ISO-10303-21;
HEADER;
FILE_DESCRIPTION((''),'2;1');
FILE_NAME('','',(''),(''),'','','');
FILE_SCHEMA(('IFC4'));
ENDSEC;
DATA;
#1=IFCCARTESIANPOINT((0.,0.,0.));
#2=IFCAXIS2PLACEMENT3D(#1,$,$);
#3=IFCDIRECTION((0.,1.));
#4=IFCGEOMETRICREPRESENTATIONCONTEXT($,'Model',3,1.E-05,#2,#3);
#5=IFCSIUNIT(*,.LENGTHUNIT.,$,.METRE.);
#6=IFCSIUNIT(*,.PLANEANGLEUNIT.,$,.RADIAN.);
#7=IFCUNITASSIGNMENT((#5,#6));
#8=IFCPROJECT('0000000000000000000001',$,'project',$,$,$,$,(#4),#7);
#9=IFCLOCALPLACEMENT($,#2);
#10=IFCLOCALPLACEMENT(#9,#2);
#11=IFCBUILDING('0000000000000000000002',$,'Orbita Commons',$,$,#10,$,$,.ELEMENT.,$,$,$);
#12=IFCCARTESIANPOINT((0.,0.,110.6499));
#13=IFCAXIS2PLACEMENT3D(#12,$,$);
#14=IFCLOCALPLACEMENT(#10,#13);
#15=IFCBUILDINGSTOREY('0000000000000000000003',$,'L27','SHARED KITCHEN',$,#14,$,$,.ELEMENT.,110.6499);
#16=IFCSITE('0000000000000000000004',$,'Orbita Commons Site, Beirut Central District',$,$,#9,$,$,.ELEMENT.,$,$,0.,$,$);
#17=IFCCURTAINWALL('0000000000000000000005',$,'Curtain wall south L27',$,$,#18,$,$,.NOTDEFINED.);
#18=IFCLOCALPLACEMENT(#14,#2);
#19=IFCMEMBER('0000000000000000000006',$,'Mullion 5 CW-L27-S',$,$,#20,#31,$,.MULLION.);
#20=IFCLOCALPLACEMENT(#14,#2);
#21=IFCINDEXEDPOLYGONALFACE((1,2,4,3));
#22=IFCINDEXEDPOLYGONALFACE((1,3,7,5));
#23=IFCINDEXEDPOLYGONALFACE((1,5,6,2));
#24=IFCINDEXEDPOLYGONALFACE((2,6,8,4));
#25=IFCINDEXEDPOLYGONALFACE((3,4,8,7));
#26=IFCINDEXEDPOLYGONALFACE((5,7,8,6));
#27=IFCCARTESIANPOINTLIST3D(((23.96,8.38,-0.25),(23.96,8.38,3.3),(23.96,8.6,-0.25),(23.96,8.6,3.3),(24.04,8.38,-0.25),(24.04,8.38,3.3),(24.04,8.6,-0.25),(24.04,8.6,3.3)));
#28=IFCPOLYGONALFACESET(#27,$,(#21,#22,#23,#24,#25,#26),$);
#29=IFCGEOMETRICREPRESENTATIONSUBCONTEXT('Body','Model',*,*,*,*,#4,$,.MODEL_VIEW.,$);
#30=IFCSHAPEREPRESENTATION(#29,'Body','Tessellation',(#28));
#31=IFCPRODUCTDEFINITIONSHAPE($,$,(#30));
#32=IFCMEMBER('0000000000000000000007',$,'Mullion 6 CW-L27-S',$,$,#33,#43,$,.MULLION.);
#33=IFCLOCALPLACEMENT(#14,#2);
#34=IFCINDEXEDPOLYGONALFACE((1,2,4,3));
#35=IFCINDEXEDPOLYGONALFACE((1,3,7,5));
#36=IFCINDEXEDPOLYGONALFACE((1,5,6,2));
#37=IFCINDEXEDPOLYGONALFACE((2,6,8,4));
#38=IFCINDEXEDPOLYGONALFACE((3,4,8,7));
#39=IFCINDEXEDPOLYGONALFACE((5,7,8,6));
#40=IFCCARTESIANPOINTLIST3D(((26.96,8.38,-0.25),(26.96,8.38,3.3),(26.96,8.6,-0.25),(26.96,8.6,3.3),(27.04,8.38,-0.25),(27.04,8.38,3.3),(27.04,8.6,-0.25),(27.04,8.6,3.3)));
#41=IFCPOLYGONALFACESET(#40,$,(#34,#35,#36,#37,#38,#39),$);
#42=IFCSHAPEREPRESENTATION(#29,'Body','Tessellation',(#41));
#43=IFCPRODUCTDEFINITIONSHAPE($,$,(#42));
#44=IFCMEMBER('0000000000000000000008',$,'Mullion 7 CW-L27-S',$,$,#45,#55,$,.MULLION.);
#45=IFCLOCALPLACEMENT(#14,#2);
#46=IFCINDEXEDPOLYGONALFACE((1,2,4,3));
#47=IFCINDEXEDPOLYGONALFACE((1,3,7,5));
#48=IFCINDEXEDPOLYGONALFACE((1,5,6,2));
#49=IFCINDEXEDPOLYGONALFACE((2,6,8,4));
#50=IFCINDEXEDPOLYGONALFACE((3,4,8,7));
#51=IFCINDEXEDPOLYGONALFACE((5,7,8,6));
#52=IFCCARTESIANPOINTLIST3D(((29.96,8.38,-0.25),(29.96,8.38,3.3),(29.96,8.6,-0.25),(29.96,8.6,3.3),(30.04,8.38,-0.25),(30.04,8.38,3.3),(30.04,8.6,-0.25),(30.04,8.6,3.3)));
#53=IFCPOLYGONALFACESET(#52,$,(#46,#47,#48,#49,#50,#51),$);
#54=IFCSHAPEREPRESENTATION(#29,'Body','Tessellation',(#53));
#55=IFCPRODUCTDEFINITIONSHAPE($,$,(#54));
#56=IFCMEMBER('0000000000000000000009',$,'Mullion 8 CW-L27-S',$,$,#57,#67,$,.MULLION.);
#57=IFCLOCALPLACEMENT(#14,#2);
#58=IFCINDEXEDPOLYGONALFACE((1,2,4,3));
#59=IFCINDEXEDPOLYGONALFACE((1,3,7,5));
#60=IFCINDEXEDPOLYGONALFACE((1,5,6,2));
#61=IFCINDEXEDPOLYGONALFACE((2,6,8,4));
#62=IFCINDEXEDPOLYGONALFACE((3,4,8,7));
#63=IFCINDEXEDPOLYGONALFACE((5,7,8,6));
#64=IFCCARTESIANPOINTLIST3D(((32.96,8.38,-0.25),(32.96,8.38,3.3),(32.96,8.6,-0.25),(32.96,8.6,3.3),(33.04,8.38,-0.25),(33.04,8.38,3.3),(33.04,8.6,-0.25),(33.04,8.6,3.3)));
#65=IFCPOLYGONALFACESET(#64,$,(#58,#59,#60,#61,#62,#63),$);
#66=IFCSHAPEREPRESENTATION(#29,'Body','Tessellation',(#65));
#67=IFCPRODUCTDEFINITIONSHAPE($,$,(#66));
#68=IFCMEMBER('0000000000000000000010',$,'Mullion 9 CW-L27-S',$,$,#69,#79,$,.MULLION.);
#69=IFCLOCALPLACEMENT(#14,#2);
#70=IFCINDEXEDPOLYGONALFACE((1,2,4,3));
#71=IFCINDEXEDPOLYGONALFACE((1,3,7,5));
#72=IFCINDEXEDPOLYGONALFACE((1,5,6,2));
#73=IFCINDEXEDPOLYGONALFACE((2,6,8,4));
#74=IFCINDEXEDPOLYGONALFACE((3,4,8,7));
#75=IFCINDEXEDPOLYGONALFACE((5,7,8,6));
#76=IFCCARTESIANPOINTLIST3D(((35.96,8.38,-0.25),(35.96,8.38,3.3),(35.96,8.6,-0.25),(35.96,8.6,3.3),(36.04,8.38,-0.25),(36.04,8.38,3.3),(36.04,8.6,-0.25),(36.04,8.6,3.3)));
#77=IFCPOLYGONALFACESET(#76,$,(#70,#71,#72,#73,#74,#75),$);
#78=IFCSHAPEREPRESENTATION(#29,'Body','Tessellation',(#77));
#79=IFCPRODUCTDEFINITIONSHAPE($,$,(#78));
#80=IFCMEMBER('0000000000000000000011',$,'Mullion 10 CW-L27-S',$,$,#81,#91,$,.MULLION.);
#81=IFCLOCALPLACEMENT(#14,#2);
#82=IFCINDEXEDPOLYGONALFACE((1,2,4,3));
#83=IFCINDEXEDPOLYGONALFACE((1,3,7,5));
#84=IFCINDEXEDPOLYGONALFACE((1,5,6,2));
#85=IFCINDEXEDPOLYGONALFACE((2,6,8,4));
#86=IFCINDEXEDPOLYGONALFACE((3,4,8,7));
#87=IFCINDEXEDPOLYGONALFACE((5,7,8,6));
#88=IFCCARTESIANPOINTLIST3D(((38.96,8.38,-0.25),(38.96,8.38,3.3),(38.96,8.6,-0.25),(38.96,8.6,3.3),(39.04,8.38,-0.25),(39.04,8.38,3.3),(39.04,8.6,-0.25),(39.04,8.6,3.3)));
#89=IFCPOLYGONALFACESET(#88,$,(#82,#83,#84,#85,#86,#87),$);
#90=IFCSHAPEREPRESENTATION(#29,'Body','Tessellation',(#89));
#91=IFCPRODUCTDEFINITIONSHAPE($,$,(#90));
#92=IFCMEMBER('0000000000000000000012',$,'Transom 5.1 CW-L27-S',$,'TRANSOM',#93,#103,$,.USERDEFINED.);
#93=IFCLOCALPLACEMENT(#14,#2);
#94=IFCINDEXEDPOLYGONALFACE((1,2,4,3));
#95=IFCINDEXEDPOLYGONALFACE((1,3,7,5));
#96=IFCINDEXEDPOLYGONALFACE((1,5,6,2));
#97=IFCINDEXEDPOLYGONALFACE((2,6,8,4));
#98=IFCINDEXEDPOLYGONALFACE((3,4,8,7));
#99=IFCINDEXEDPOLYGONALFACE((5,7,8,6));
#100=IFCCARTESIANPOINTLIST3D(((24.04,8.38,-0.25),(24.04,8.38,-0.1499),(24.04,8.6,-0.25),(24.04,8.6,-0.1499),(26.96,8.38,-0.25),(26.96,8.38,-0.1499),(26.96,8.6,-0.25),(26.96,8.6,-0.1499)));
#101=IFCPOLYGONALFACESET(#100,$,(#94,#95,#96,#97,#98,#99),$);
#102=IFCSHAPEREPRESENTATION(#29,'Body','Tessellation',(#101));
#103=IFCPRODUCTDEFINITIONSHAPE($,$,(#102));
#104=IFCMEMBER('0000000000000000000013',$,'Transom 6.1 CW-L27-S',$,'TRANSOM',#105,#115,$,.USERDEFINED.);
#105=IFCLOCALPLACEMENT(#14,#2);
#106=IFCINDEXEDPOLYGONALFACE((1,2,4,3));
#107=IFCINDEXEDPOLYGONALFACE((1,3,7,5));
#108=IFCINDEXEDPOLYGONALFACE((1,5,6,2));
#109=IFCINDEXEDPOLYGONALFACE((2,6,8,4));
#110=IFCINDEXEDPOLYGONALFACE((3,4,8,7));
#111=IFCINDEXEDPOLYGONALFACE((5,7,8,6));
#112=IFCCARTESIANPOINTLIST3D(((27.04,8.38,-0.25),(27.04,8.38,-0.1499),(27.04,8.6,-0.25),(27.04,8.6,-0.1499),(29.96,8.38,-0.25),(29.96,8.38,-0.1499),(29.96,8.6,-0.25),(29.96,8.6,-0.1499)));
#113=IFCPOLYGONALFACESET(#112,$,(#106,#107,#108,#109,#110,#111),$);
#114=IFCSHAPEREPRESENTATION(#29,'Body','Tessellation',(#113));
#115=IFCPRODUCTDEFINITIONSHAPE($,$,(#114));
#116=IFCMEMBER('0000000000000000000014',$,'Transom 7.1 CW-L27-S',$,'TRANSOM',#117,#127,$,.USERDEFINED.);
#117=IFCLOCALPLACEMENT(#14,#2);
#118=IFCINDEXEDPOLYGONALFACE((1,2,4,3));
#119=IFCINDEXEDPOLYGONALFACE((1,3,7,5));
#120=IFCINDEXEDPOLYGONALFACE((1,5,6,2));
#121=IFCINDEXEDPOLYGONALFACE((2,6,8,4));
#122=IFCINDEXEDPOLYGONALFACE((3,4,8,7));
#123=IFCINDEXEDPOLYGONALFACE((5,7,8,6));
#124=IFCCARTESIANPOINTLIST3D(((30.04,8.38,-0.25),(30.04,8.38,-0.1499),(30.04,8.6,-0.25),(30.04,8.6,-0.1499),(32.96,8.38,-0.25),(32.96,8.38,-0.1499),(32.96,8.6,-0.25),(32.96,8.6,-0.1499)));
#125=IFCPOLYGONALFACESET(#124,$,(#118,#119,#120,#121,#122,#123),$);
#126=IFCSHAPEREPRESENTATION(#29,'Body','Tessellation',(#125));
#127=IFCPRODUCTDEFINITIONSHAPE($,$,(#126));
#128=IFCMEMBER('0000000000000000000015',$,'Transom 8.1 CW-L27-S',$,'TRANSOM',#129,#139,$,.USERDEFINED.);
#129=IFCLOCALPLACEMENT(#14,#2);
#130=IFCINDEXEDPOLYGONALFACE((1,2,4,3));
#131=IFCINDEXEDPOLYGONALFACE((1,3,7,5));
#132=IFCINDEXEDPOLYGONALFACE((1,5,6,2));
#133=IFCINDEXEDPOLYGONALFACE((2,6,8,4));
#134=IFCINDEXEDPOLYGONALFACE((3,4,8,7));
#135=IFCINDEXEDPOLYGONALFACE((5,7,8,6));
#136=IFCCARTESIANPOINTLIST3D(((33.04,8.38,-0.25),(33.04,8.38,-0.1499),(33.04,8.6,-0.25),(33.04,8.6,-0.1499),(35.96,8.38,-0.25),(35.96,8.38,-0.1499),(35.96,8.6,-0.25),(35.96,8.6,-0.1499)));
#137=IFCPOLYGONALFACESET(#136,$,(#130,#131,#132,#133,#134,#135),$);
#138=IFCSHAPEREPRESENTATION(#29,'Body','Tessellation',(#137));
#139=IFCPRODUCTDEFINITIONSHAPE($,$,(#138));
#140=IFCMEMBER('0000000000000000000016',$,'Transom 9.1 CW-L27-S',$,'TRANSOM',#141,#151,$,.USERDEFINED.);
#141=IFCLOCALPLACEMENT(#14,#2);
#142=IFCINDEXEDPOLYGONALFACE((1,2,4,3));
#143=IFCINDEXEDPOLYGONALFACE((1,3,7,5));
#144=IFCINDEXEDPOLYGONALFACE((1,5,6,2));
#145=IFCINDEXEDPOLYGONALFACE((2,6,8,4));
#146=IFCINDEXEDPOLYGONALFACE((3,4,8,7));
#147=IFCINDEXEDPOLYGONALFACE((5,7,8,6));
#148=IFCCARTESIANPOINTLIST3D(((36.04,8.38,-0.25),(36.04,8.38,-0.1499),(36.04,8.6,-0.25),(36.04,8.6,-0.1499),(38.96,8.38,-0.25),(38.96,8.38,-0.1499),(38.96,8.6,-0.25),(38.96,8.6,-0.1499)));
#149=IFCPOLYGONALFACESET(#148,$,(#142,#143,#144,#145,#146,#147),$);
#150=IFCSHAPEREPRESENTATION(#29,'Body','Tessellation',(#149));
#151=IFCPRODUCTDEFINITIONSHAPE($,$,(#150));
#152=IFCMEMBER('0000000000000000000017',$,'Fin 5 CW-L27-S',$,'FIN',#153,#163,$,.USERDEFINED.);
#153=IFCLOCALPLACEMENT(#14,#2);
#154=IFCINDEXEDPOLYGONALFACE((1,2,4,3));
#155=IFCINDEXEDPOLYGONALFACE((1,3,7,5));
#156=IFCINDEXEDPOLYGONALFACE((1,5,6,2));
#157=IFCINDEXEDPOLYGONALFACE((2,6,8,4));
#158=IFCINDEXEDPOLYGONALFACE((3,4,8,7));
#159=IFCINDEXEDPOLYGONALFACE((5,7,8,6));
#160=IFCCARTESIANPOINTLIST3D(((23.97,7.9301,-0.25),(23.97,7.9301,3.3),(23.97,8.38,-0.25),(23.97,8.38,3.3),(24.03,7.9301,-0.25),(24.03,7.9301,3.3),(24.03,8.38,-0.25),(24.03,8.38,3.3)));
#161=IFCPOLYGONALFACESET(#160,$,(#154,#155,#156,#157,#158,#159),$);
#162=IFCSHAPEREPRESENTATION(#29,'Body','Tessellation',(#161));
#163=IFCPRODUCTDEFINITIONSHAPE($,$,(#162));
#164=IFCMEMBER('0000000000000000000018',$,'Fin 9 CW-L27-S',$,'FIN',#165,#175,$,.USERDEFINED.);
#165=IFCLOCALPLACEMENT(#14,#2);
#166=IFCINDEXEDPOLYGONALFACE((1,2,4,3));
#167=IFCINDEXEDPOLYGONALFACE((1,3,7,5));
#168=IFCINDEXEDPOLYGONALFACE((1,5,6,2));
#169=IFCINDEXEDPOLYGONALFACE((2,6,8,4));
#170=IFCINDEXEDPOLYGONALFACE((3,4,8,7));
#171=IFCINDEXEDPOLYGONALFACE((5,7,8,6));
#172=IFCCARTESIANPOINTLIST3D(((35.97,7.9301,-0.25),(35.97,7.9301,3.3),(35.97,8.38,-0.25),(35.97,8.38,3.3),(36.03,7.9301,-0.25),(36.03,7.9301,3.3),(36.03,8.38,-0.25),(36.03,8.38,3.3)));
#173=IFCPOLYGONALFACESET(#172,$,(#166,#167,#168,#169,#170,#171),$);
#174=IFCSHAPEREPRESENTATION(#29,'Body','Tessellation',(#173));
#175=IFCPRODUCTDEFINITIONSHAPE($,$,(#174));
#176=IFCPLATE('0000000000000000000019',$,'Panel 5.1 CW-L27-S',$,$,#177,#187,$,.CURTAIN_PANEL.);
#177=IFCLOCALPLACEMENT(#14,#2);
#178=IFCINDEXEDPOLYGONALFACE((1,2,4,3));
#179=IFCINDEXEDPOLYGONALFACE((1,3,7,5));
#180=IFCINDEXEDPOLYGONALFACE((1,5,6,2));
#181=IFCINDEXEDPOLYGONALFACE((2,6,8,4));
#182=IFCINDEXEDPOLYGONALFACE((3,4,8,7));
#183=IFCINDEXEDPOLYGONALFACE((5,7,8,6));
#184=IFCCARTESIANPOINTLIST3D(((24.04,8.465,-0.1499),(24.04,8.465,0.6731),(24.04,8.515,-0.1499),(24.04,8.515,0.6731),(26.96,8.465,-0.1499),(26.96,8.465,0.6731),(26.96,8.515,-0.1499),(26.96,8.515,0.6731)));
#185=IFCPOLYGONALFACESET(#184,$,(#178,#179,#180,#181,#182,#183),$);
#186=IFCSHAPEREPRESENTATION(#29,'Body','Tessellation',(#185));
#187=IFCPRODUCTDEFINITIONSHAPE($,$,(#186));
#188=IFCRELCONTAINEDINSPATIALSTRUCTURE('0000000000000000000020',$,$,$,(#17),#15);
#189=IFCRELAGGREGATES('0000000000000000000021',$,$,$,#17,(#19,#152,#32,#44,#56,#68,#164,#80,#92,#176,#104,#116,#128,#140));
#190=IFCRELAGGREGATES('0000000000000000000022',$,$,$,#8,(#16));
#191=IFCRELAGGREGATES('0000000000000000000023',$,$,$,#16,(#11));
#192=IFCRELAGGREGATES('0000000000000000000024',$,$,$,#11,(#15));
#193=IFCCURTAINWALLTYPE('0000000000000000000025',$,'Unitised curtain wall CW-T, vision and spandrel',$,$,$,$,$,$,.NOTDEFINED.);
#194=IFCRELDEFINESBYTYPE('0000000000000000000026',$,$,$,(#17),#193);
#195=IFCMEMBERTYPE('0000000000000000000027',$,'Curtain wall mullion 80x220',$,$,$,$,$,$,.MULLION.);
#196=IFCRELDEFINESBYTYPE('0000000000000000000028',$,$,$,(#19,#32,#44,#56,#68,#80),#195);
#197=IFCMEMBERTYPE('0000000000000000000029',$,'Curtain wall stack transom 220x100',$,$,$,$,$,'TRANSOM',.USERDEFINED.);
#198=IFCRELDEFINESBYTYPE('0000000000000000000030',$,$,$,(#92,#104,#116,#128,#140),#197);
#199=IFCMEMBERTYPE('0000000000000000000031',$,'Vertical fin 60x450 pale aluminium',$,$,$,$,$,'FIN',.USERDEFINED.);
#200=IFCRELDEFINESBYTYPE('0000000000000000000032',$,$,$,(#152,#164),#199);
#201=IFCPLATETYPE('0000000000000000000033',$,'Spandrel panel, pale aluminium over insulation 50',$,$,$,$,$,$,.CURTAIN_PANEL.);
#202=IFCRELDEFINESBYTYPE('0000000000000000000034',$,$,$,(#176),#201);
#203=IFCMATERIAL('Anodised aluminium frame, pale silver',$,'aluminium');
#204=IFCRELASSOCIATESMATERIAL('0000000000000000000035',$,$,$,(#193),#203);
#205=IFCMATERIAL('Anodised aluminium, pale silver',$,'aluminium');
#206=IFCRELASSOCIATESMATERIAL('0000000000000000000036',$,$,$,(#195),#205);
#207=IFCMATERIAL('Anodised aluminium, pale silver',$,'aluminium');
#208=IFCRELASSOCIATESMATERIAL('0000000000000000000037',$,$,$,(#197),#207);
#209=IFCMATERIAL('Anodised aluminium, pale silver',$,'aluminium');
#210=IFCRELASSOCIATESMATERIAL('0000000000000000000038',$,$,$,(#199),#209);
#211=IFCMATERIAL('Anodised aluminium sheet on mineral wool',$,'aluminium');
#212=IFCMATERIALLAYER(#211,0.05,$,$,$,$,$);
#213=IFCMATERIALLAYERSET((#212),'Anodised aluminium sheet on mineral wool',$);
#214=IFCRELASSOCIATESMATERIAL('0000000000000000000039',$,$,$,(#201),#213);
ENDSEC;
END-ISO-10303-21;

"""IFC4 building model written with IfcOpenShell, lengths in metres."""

from ifc_helpers import new_model, si_unit, direction, frame, origin, origin_2d, place, context, subcontext, project, spatial, rectangle, extrude, material, layer, layer_set, material_profile, profile_set, type_object, element, aggregate, save


model = new_model("IFC4")

# Units and contexts
model_context = context("Model", 3, precision=1e-05, world=origin(), true_north=direction((0.0, 1.0)))
body_context = subcontext(model_context, "Body", "Model", "MODEL_VIEW")
ifc_project = project(units=[si_unit("LENGTHUNIT", "METRE"), si_unit("PLANEANGLEUNIT", "RADIAN")], contexts=[model_context])

# Site, building, storey
site_placement = place(None, origin())
site = spatial("IfcSite", under=ifc_project, at=site_placement, Name="Orbita Commons Site, Beirut Central District", CompositionType="ELEMENT", RefElevation=0.0)
building_placement = place(site_placement, origin())
building = spatial("IfcBuilding", under=site, at=building_placement, Name="Orbita Commons", CompositionType="ELEMENT")
storey_placement = place(building_placement, frame((0.0, 0.0, 110.6499)))
storey = spatial("IfcBuildingStorey", under=building, at=storey_placement, Name="L27", Description="SHARED KITCHEN", CompositionType="ELEMENT", Elevation=110.6499)

# Curtain wall, members, plate
ifc_material_1 = material(Name="Anodised aluminium frame, pale silver", Category="aluminium")
curtain_wall_type = type_object("IfcCurtainWallType", Name="Unitised curtain wall CW-T, vision and spandrel", PredefinedType="NOTDEFINED", material=ifc_material_1)
curtain_wall_placement = place(storey_placement, origin())
curtain_wall = element("IfcCurtainWall", 1, at=curtain_wall_placement, inside=storey, type_object=curtain_wall_type, Name="Curtain wall south L27", PredefinedType="NOTDEFINED")
ifc_material_2 = material(Name="Anodised aluminium, pale silver", Category="aluminium")
ifc_material_profile_1 = material_profile(ifc_material_2, rectangle(XDim=0.0801, YDim=0.22, at=origin_2d()), Name="AL 80x220")
ifc_profile_set_1 = profile_set([ifc_material_profile_1], Name="Anodised aluminium, pale silver")
member_type_1 = type_object("IfcMemberType", Name="Curtain wall mullion 80x220", PredefinedType="MULLION", material=ifc_profile_set_1)
member_1_placement = place(storey_placement, frame((24.0, 8.49, -0.25), z_axis=(0.0, 0.0, 1.0), x_axis=(1.0, 0.0, 0.0)))
member_1 = element("IfcMember", 2, at=member_1_placement, type_object=member_type_1, Name="Mullion 5 CW-L27-S", PredefinedType="MULLION", context=body_context, shape_type="SweptSolid", body=[
    extrude(rectangle(XDim=0.0801, YDim=0.22, at=origin_2d()), origin(), (0.0, 0.0, 1.0), 3.55),
])
member_2_placement = place(storey_placement, frame((27.0, 8.49, -0.25), z_axis=(0.0, 0.0, 1.0), x_axis=(1.0, 0.0, 0.0)))
member_2 = element("IfcMember", 3, at=member_2_placement, type_object=member_type_1, Name="Mullion 6 CW-L27-S", PredefinedType="MULLION", context=body_context, shape_type="SweptSolid", body=[
    extrude(rectangle(XDim=0.0801, YDim=0.22, at=origin_2d()), origin(), (0.0, 0.0, 1.0), 3.55),
])
member_3_placement = place(storey_placement, frame((30.0, 8.49, -0.25), z_axis=(0.0, 0.0, 1.0), x_axis=(1.0, 0.0, 0.0)))
member_3 = element("IfcMember", 4, at=member_3_placement, type_object=member_type_1, Name="Mullion 7 CW-L27-S", PredefinedType="MULLION", context=body_context, shape_type="SweptSolid", body=[
    extrude(rectangle(XDim=0.0801, YDim=0.22, at=origin_2d()), origin(), (0.0, 0.0, 1.0), 3.55),
])
member_4_placement = place(storey_placement, frame((33.0, 8.49, -0.25), z_axis=(0.0, 0.0, 1.0), x_axis=(1.0, 0.0, 0.0)))
member_4 = element("IfcMember", 5, at=member_4_placement, type_object=member_type_1, Name="Mullion 8 CW-L27-S", PredefinedType="MULLION", context=body_context, shape_type="SweptSolid", body=[
    extrude(rectangle(XDim=0.0801, YDim=0.22, at=origin_2d()), origin(), (0.0, 0.0, 1.0), 3.55),
])
member_5_placement = place(storey_placement, frame((36.0, 8.49, -0.25), z_axis=(0.0, 0.0, 1.0), x_axis=(1.0, 0.0, 0.0)))
member_5 = element("IfcMember", 6, at=member_5_placement, type_object=member_type_1, Name="Mullion 9 CW-L27-S", PredefinedType="MULLION", context=body_context, shape_type="SweptSolid", body=[
    extrude(rectangle(XDim=0.0801, YDim=0.22, at=origin_2d()), origin(), (0.0, 0.0, 1.0), 3.55),
])
member_6_placement = place(storey_placement, frame((39.0, 8.49, -0.25), z_axis=(0.0, 0.0, 1.0), x_axis=(1.0, 0.0, 0.0)))
member_6 = element("IfcMember", 7, at=member_6_placement, type_object=member_type_1, Name="Mullion 10 CW-L27-S", PredefinedType="MULLION", context=body_context, shape_type="SweptSolid", body=[
    extrude(rectangle(XDim=0.0801, YDim=0.22, at=origin_2d()), origin(), (0.0, 0.0, 1.0), 3.55),
])
ifc_material_3 = material(Name="Anodised aluminium, pale silver", Category="aluminium")
ifc_material_profile_2 = material_profile(ifc_material_3, rectangle(XDim=0.22, YDim=0.1001, at=origin_2d()), Name="AL 220x100")
ifc_profile_set_2 = profile_set([ifc_material_profile_2], Name="Anodised aluminium, pale silver")
member_type_2 = type_object("IfcMemberType", Name="Curtain wall stack transom 220x100", ElementType="TRANSOM", PredefinedType="USERDEFINED", material=ifc_profile_set_2)
member_7_placement = place(storey_placement, frame((24.04, 8.49, -0.2), z_axis=(1.0, 0.0, 0.0), x_axis=(0.0, 1.0, 0.0)))
member_7 = element("IfcMember", 8, at=member_7_placement, type_object=member_type_2, Name="Transom 5.1 CW-L27-S", ObjectType="TRANSOM", PredefinedType="USERDEFINED", context=body_context, shape_type="SweptSolid", body=[
    extrude(rectangle(XDim=0.22, YDim=0.1001, at=origin_2d()), origin(), (0.0, 0.0, 1.0), 2.9199),
])
member_8_placement = place(storey_placement, frame((27.04, 8.49, -0.2), z_axis=(1.0, 0.0, 0.0), x_axis=(0.0, 1.0, 0.0)))
member_8 = element("IfcMember", 9, at=member_8_placement, type_object=member_type_2, Name="Transom 6.1 CW-L27-S", ObjectType="TRANSOM", PredefinedType="USERDEFINED", context=body_context, shape_type="SweptSolid", body=[
    extrude(rectangle(XDim=0.22, YDim=0.1001, at=origin_2d()), origin(), (0.0, 0.0, 1.0), 2.9199),
])
member_9_placement = place(storey_placement, frame((30.04, 8.49, -0.2), z_axis=(1.0, 0.0, 0.0), x_axis=(0.0, 1.0, 0.0)))
member_9 = element("IfcMember", 10, at=member_9_placement, type_object=member_type_2, Name="Transom 7.1 CW-L27-S", ObjectType="TRANSOM", PredefinedType="USERDEFINED", context=body_context, shape_type="SweptSolid", body=[
    extrude(rectangle(XDim=0.22, YDim=0.1001, at=origin_2d()), origin(), (0.0, 0.0, 1.0), 2.9199),
])
member_10_placement = place(storey_placement, frame((33.04, 8.49, -0.2), z_axis=(1.0, 0.0, 0.0), x_axis=(0.0, 1.0, 0.0)))
member_10 = element("IfcMember", 11, at=member_10_placement, type_object=member_type_2, Name="Transom 8.1 CW-L27-S", ObjectType="TRANSOM", PredefinedType="USERDEFINED", context=body_context, shape_type="SweptSolid", body=[
    extrude(rectangle(XDim=0.22, YDim=0.1001, at=origin_2d()), origin(), (0.0, 0.0, 1.0), 2.9199),
])
member_11_placement = place(storey_placement, frame((36.04, 8.49, -0.2), z_axis=(1.0, 0.0, 0.0), x_axis=(0.0, 1.0, 0.0)))
member_11 = element("IfcMember", 12, at=member_11_placement, type_object=member_type_2, Name="Transom 9.1 CW-L27-S", ObjectType="TRANSOM", PredefinedType="USERDEFINED", context=body_context, shape_type="SweptSolid", body=[
    extrude(rectangle(XDim=0.22, YDim=0.1001, at=origin_2d()), origin(), (0.0, 0.0, 1.0), 2.9199),
])
ifc_material_4 = material(Name="Anodised aluminium, pale silver", Category="aluminium")
ifc_material_profile_3 = material_profile(ifc_material_4, rectangle(XDim=0.0601, YDim=0.45, at=origin_2d()), Name="FIN 60x450")
ifc_profile_set_3 = profile_set([ifc_material_profile_3], Name="Anodised aluminium, pale silver")
member_type_3 = type_object("IfcMemberType", Name="Vertical fin 60x450 pale aluminium", ElementType="FIN", PredefinedType="USERDEFINED", material=ifc_profile_set_3)
member_12_placement = place(storey_placement, frame((24.0, 8.155, -0.25), z_axis=(0.0, 0.0, 1.0), x_axis=(1.0, 0.0, 0.0)))
member_12 = element("IfcMember", 13, at=member_12_placement, type_object=member_type_3, Name="Fin 5 CW-L27-S", ObjectType="FIN", PredefinedType="USERDEFINED", context=body_context, shape_type="SweptSolid", body=[
    extrude(rectangle(XDim=0.0601, YDim=0.45, at=origin_2d()), origin(), (0.0, 0.0, 1.0), 3.55),
])
member_13_placement = place(storey_placement, frame((36.0, 8.155, -0.25), z_axis=(0.0, 0.0, 1.0), x_axis=(1.0, 0.0, 0.0)))
member_13 = element("IfcMember", 14, at=member_13_placement, type_object=member_type_3, Name="Fin 9 CW-L27-S", ObjectType="FIN", PredefinedType="USERDEFINED", context=body_context, shape_type="SweptSolid", body=[
    extrude(rectangle(XDim=0.0601, YDim=0.45, at=origin_2d()), origin(), (0.0, 0.0, 1.0), 3.55),
])
ifc_material_5 = material(Name="Anodised aluminium sheet on mineral wool", Category="aluminium")
ifc_layer_1 = layer(ifc_material_5, 0.05)
ifc_layer_set_1 = layer_set([ifc_layer_1], Name="Anodised aluminium sheet on mineral wool")
plate_type_1 = type_object("IfcPlateType", Name="Spandrel panel, pale aluminium over insulation 50", PredefinedType="CURTAIN_PANEL", material=ifc_layer_set_1)
plate_1_placement = place(storey_placement, frame((25.5, 8.49, -0.1499), z_axis=(0.0, 0.0, 1.0), x_axis=(1.0, 0.0, 0.0)))
plate_1 = element("IfcPlate", 15, at=plate_1_placement, type_object=plate_type_1, Name="Panel 5.1 CW-L27-S", PredefinedType="CURTAIN_PANEL", context=body_context, shape_type="SweptSolid", body=[
    extrude(rectangle(XDim=2.9199, YDim=0.05, at=origin_2d()), origin(), (0.0, 0.0, 1.0), 0.823),
])
aggregate(curtain_wall, [member_1, member_12, member_2, member_3, member_4, member_5, member_13, member_6, member_7, plate_1, member_8, member_9, member_10, member_11])

save(model, "model.ifc")
